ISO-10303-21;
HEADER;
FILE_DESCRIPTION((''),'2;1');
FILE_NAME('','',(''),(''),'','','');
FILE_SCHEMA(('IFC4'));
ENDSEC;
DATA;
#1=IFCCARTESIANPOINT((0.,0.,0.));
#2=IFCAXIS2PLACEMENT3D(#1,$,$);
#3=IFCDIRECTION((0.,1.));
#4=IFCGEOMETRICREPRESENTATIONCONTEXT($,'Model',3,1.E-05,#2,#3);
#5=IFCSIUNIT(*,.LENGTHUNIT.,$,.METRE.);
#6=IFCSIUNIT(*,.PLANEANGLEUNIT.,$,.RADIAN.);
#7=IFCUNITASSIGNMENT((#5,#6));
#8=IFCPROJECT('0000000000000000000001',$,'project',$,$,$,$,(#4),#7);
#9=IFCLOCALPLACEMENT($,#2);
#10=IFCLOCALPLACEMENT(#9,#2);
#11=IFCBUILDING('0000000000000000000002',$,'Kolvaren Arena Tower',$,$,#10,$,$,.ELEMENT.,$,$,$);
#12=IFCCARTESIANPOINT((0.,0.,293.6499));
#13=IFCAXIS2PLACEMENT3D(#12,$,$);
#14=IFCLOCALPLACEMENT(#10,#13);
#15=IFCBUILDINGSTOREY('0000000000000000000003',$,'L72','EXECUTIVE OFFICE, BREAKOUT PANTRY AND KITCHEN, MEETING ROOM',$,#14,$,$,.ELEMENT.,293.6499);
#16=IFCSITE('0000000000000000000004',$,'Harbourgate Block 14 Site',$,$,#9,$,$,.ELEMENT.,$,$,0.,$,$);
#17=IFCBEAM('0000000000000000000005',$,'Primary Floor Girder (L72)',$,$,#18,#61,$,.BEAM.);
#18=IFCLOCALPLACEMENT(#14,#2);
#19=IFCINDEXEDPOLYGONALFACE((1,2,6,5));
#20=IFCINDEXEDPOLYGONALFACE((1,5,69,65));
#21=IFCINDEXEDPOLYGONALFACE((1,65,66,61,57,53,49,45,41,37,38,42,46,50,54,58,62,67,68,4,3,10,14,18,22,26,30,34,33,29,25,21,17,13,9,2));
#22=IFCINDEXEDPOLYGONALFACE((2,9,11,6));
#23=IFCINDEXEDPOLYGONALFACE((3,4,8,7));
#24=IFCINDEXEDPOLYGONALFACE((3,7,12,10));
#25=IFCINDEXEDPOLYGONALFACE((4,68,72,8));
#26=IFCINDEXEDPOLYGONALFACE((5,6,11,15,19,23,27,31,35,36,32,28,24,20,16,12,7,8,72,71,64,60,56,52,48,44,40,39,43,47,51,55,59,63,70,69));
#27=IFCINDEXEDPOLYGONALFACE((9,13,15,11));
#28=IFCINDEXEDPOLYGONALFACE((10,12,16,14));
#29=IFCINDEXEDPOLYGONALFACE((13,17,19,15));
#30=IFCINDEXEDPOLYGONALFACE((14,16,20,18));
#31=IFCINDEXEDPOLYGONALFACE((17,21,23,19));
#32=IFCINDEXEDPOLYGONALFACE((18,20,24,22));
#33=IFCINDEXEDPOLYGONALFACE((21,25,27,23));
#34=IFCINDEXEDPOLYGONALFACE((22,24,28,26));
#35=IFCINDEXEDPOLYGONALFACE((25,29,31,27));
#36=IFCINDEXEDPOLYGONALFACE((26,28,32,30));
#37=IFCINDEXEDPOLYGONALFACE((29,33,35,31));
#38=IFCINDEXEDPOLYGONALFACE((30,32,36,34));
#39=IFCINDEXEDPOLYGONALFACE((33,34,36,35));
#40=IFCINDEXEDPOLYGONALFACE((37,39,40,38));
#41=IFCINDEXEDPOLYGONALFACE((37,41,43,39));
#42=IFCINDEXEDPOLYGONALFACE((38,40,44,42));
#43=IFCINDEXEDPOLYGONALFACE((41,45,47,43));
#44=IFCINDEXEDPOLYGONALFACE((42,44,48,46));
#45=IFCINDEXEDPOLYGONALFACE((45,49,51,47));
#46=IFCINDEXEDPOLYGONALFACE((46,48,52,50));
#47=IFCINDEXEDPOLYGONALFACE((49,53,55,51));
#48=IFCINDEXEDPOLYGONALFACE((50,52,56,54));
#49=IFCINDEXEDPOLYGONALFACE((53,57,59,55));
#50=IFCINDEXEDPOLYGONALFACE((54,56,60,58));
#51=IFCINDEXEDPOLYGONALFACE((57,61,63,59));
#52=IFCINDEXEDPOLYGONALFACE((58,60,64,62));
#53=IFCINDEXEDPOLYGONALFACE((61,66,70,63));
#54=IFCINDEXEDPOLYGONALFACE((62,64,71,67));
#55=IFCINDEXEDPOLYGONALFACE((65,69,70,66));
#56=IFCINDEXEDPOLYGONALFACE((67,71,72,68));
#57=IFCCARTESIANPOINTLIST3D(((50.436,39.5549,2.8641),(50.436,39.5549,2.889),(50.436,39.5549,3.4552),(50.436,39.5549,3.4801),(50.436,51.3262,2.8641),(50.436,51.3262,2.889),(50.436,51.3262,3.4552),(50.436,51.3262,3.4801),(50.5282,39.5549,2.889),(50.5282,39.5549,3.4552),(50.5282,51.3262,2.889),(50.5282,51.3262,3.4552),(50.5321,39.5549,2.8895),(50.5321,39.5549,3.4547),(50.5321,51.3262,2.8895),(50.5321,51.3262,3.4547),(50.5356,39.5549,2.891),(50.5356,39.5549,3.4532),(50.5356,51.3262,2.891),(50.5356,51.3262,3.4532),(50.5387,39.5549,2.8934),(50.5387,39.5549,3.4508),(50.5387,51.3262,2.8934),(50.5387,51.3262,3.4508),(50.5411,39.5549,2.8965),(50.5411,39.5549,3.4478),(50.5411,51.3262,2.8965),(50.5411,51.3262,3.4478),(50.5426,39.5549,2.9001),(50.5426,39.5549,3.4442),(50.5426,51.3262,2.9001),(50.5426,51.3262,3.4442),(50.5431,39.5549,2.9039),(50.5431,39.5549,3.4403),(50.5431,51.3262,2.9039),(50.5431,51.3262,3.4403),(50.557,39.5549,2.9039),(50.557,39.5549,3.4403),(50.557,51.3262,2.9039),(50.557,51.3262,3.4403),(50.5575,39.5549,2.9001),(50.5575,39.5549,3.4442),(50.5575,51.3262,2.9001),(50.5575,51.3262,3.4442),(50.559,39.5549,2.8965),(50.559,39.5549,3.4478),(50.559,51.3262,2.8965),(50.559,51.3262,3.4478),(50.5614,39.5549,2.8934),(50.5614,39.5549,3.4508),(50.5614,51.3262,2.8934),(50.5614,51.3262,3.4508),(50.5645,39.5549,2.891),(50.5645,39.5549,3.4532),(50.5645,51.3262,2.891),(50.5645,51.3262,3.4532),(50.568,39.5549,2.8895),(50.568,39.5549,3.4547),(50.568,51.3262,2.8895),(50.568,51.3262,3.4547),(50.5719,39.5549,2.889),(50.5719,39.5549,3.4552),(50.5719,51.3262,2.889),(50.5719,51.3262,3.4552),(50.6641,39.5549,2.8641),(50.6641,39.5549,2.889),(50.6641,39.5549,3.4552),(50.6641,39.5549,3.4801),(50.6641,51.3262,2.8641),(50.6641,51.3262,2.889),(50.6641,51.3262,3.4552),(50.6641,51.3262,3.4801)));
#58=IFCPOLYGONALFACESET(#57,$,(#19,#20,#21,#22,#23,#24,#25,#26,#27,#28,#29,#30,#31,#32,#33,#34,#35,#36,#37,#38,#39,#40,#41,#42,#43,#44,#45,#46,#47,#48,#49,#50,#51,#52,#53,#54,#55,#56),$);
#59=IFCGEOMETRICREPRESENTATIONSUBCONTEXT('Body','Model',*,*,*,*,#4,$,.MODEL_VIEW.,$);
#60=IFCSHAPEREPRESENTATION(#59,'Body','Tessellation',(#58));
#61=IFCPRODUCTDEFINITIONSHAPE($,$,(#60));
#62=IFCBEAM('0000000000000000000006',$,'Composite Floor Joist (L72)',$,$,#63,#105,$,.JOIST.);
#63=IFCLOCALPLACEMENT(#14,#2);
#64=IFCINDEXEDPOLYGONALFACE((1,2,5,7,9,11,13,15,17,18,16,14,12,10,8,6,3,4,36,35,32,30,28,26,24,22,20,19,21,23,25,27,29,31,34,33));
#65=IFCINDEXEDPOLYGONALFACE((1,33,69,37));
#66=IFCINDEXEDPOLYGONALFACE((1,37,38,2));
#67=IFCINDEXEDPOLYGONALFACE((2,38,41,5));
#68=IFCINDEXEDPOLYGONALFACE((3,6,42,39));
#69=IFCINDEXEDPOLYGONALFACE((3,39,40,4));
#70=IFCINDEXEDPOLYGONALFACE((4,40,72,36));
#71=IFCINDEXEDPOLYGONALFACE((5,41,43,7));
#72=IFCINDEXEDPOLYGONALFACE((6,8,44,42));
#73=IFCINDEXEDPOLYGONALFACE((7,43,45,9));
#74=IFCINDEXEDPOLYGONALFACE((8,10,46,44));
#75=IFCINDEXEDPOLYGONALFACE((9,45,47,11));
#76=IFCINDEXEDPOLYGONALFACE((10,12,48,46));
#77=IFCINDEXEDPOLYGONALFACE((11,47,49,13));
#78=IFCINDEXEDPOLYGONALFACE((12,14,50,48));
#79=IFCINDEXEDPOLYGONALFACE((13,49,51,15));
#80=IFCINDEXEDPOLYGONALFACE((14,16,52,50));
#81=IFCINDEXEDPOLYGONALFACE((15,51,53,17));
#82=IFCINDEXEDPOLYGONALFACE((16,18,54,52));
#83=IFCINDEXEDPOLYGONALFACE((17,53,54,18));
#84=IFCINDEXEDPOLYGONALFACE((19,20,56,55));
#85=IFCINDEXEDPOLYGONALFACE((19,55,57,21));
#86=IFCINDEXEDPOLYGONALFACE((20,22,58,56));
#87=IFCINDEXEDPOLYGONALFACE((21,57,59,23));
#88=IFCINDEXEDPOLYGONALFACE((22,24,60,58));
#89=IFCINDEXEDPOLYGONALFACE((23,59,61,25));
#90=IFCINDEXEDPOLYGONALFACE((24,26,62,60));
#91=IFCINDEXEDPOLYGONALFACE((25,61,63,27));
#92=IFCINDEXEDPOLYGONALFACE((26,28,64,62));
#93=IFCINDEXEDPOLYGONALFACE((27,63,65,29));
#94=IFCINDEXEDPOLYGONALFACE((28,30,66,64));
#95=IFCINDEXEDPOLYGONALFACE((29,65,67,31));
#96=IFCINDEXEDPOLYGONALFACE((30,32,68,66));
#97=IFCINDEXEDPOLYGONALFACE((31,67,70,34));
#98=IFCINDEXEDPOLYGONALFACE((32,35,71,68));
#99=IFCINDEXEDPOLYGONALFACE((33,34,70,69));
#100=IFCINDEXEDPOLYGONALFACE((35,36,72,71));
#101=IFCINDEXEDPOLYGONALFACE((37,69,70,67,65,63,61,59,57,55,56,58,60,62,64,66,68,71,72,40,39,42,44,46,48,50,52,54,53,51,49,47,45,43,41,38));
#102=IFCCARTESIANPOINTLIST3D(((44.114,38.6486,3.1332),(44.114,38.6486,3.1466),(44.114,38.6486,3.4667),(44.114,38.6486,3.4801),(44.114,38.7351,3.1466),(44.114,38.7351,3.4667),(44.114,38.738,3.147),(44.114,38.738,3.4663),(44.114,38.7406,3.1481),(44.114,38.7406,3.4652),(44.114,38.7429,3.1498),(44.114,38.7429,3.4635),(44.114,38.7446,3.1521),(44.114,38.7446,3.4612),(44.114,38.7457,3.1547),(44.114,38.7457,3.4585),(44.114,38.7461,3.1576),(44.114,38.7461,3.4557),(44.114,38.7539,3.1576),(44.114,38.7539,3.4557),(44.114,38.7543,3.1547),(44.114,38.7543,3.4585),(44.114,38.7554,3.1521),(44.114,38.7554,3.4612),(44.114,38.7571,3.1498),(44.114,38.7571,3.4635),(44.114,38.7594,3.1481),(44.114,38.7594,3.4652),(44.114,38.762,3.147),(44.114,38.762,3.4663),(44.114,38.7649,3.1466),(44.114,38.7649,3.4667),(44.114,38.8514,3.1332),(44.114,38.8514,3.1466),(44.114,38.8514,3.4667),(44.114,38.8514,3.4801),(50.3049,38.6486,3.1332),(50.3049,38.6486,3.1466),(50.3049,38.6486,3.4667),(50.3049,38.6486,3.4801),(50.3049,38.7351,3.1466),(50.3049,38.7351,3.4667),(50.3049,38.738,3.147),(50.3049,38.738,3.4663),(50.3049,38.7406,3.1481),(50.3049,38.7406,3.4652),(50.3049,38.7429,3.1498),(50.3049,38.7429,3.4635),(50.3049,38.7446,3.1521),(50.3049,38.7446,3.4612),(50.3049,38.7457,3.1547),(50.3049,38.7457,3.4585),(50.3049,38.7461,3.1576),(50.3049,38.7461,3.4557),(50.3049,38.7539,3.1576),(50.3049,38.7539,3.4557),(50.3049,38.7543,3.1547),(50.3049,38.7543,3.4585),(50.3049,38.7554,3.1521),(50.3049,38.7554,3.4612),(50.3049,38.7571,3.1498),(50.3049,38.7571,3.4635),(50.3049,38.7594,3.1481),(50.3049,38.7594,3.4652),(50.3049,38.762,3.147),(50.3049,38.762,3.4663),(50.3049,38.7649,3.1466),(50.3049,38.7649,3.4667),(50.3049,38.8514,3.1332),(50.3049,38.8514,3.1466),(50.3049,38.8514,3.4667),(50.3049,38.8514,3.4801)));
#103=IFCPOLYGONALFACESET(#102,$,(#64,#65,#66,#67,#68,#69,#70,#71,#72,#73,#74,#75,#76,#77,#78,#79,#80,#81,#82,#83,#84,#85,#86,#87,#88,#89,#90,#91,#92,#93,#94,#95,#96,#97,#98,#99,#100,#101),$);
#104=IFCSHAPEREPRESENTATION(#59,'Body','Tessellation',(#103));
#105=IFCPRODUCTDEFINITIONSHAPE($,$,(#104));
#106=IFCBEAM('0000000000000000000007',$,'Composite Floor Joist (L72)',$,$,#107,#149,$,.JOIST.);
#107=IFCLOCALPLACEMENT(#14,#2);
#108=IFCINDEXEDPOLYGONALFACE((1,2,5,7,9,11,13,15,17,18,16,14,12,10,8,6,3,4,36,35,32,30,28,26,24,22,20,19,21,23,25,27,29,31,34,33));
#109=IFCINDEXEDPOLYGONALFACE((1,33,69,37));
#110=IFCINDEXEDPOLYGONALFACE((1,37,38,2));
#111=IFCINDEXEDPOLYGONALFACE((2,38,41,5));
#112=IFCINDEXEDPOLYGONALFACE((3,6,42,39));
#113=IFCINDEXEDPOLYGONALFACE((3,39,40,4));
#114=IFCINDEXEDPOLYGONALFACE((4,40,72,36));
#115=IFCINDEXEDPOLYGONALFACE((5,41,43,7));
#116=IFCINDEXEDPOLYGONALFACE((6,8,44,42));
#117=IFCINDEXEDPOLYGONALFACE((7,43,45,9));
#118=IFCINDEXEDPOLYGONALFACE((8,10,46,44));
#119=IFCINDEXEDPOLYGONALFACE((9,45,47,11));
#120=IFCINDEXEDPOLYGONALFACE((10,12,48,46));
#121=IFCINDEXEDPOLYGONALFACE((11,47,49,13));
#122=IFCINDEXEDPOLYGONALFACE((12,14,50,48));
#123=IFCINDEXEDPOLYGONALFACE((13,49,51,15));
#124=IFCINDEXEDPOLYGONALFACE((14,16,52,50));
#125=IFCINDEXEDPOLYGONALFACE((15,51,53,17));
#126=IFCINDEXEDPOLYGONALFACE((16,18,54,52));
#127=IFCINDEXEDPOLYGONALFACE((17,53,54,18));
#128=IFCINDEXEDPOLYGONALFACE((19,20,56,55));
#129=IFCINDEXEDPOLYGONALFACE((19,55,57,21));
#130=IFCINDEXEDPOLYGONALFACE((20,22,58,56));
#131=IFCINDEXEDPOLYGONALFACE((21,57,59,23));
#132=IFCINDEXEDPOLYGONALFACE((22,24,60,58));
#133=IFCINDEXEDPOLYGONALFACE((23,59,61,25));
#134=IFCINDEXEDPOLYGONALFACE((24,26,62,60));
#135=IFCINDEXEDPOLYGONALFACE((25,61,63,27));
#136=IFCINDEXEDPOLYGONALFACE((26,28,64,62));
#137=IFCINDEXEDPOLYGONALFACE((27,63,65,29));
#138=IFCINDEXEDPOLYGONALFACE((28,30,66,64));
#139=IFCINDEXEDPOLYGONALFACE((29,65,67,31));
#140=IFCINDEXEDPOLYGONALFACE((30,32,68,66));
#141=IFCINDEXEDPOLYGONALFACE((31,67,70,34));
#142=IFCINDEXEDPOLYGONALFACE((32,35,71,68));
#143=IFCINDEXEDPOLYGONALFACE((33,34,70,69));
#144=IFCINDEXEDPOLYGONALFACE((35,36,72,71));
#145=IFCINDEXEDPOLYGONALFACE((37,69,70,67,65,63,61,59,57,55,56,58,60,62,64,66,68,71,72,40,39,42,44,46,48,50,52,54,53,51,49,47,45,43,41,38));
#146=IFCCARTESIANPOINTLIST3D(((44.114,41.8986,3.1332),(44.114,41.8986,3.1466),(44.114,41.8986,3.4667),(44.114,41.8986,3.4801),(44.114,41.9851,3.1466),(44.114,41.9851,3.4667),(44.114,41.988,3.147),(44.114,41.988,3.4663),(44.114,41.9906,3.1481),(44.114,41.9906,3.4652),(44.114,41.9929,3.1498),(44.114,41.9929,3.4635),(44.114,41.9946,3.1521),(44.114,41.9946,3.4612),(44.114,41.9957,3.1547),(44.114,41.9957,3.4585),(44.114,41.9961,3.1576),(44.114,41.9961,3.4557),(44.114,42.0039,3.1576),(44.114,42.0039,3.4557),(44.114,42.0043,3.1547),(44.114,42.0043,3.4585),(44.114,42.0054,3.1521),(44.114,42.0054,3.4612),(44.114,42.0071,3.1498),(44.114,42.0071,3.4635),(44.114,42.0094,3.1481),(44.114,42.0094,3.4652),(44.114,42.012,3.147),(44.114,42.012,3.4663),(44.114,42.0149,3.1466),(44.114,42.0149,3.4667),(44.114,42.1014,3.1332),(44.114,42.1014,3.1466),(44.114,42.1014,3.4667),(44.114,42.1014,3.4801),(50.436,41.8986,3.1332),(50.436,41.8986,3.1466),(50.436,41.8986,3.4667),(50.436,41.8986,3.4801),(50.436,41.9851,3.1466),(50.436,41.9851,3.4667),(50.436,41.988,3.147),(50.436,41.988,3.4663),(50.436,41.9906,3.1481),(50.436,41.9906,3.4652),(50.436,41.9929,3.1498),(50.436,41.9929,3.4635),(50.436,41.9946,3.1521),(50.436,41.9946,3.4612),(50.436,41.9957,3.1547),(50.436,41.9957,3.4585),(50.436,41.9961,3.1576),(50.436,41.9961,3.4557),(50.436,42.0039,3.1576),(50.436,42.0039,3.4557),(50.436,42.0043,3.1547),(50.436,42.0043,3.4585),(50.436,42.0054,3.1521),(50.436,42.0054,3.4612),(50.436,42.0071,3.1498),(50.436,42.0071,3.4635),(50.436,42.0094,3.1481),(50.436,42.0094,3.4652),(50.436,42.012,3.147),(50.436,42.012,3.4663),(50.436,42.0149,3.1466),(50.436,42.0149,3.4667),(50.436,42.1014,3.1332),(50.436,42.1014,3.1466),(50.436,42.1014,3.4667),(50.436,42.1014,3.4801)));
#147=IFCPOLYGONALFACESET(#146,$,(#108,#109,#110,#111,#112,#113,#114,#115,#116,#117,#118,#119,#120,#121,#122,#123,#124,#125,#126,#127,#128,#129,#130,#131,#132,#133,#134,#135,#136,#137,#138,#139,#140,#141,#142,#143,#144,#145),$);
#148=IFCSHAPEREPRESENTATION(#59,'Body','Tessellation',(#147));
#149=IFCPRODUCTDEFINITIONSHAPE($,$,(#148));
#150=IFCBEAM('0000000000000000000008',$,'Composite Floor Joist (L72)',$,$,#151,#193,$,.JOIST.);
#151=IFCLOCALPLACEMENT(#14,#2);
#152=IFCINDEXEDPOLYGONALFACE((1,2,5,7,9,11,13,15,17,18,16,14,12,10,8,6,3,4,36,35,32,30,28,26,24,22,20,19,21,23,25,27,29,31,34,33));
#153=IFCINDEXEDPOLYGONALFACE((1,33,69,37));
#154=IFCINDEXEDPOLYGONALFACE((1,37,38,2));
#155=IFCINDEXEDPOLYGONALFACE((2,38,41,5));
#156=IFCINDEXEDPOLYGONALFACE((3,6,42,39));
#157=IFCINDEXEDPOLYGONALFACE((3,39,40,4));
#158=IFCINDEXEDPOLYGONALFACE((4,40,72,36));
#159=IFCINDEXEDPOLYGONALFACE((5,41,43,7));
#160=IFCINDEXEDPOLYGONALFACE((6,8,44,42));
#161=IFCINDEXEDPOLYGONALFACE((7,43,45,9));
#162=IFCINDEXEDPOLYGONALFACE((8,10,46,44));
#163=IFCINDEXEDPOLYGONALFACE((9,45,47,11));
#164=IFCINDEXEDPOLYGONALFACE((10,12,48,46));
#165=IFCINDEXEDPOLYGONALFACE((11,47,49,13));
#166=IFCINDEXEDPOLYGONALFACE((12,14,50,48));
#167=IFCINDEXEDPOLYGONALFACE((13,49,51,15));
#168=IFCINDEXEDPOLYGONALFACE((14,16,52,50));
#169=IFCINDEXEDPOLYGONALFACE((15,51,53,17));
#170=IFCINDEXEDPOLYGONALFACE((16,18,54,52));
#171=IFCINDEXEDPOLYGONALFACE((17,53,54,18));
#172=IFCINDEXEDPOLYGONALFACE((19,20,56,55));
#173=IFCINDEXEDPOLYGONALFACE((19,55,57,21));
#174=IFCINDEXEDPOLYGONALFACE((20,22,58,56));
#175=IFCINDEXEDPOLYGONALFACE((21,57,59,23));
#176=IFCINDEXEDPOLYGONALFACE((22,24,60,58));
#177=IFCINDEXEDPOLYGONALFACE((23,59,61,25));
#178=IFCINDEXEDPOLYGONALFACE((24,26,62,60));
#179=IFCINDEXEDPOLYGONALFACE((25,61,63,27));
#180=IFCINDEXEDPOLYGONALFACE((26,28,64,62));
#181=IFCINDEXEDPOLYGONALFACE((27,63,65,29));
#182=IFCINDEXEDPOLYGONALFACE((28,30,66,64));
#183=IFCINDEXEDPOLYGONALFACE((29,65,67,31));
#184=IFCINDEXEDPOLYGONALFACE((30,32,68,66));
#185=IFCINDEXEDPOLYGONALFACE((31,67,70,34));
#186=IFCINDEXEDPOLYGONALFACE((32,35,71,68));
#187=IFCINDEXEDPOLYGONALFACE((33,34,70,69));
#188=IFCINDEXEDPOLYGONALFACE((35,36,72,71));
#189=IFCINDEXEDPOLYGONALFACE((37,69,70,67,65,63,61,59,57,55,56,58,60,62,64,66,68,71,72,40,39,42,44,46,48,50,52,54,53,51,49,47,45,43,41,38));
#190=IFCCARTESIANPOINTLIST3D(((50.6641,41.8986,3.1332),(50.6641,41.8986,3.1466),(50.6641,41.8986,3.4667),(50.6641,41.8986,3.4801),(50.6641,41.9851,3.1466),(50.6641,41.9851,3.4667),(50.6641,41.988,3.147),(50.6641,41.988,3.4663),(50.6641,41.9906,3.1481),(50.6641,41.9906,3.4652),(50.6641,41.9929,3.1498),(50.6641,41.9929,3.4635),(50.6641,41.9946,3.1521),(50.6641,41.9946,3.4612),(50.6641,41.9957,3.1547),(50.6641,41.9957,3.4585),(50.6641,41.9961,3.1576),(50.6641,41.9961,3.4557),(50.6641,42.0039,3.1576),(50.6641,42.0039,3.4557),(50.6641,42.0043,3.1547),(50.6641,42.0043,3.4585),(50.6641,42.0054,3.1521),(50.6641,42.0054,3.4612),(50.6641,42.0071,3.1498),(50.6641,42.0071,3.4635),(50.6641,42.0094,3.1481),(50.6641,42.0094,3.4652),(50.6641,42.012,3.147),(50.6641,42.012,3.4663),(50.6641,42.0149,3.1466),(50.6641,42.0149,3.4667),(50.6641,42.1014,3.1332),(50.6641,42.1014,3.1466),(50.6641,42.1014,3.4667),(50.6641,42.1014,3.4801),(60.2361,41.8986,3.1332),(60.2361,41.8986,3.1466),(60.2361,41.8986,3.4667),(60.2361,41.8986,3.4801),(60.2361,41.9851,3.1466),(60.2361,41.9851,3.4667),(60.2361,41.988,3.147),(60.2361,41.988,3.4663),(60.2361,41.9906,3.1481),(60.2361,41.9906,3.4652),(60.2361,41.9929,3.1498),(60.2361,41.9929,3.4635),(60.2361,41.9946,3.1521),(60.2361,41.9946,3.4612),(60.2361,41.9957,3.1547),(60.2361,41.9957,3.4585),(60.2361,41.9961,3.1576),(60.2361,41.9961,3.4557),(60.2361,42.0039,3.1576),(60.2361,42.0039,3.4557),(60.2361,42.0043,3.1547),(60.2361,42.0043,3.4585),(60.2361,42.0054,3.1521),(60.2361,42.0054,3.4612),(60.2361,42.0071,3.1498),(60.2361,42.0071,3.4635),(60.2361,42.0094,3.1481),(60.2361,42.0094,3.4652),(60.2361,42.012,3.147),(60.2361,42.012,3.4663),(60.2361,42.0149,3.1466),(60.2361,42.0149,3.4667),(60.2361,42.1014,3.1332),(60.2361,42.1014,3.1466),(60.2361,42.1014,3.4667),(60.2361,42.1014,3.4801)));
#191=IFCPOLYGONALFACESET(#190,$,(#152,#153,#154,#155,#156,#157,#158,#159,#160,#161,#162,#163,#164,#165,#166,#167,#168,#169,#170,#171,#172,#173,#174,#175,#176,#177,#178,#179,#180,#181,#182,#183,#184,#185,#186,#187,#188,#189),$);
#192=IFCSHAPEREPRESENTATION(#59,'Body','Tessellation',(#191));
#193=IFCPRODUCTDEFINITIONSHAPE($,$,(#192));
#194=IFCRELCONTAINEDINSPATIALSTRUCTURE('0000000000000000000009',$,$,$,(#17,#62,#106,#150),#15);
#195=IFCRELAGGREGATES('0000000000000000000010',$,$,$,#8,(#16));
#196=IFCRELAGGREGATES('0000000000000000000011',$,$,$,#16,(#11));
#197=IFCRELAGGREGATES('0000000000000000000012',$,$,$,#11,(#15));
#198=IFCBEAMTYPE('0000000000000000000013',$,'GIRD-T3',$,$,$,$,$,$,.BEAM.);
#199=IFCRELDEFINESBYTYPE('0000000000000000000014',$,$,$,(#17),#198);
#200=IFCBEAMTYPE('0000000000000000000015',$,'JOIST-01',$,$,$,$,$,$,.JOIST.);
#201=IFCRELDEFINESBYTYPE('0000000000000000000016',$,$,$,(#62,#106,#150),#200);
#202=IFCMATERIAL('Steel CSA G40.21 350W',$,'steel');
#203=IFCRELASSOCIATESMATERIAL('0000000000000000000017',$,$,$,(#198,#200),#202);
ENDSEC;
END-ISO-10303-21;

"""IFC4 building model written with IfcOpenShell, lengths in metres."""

from ifc_helpers import new_model, si_unit, direction, frame, origin, origin_2d, place, context, subcontext, project, spatial, i_section, extrude, material, material_profile, profile_set, type_object, element, save


model = new_model("IFC4")

# Units and contexts
model_context = context("Model", 3, precision=1e-05, world=origin(), true_north=direction((0.0, 1.0)))
body_context = subcontext(model_context, "Body", "Model", "MODEL_VIEW")
ifc_project = project(units=[si_unit("LENGTHUNIT", "METRE"), si_unit("PLANEANGLEUNIT", "RADIAN")], contexts=[model_context])

# Site, building, storey
site_placement = place(None, origin())
site = spatial("IfcSite", under=ifc_project, at=site_placement, Name="Harbourgate Block 14 Site", CompositionType="ELEMENT", RefElevation=0.0)
building_placement = place(site_placement, origin())
building = spatial("IfcBuilding", under=site, at=building_placement, Name="Kolvaren Arena Tower", CompositionType="ELEMENT")
storey_placement = place(building_placement, frame((0.0, 0.0, 293.6499)))
storey = spatial("IfcBuildingStorey", under=building, at=storey_placement, Name="L72", Description="EXECUTIVE OFFICE, BREAKOUT PANTRY AND KITCHEN, MEETING ROOM", CompositionType="ELEMENT", Elevation=293.6499)

# Beams
ifc_material_1 = material(Name="Steel CSA G40.21 350W", Category="steel")
ifc_material_profile_1 = material_profile(ifc_material_1, i_section(OverallWidth=0.228, OverallDepth=0.616, WebThickness=0.0139, FlangeThickness=0.0249, FilletRadius=0.0149, at=origin_2d()), Name="W610x174")
ifc_profile_set_1 = profile_set([ifc_material_profile_1], Name="Steel CSA G40.21 350W")
beam_type_1 = type_object("IfcBeamType", Name="GIRD-T3", PredefinedType="BEAM", material=ifc_profile_set_1)
beam_1_placement = place(storey_placement, frame((50.55, 39.5549, 3.1721), z_axis=(0.0, 1.0, 0.0), x_axis=(-1.0, 0.0, 0.0)))
element("IfcBeam", 1, at=beam_1_placement, inside=storey, type_object=beam_type_1, Name="Primary Floor Girder (L72)", PredefinedType="BEAM", context=body_context, shape_type="SweptSolid", body=[
    extrude(i_section(OverallWidth=0.228, OverallDepth=0.616, WebThickness=0.0139, FlangeThickness=0.0249, FilletRadius=0.0149, at=origin_2d()), origin(), (0.0, 0.0, 1.0), 11.7712),
])
ifc_material_profile_2 = material_profile(ifc_material_1, i_section(OverallWidth=0.2029, OverallDepth=0.3469, WebThickness=0.0078, FlangeThickness=0.0134, FilletRadius=0.011, at=origin_2d()), Name="W360x64")
ifc_profile_set_2 = profile_set([ifc_material_profile_2], Name="Steel CSA G40.21 350W")
beam_type_2 = type_object("IfcBeamType", Name="JOIST-01", PredefinedType="JOIST", material=ifc_profile_set_2)
beam_2_placement = place(storey_placement, frame((44.114, 38.75, 3.3066), z_axis=(1.0, 0.0, 0.0), x_axis=(0.0, 1.0, 0.0)))
element("IfcBeam", 2, at=beam_2_placement, inside=storey, type_object=beam_type_2, Name="Composite Floor Joist (L72)", PredefinedType="JOIST", context=body_context, shape_type="SweptSolid", body=[
    extrude(i_section(OverallWidth=0.2029, OverallDepth=0.3469, WebThickness=0.0078, FlangeThickness=0.0134, FilletRadius=0.011, at=origin_2d()), origin(), (0.0, 0.0, 1.0), 6.1909),
])
beam_3_placement = place(storey_placement, frame((44.114, 42.0, 3.3066), z_axis=(1.0, 0.0, 0.0), x_axis=(0.0, 1.0, 0.0)))
element("IfcBeam", 3, at=beam_3_placement, inside=storey, type_object=beam_type_2, Name="Composite Floor Joist (L72)", PredefinedType="JOIST", context=body_context, shape_type="SweptSolid", body=[
    extrude(i_section(OverallWidth=0.2029, OverallDepth=0.3469, WebThickness=0.0078, FlangeThickness=0.0134, FilletRadius=0.011, at=origin_2d()), origin(), (0.0, 0.0, 1.0), 6.322),
])
beam_4_placement = place(storey_placement, frame((50.6641, 42.0, 3.3066), z_axis=(1.0, 0.0, 0.0), x_axis=(0.0, 1.0, 0.0)))
element("IfcBeam", 4, at=beam_4_placement, inside=storey, type_object=beam_type_2, Name="Composite Floor Joist (L72)", PredefinedType="JOIST", context=body_context, shape_type="SweptSolid", body=[
    extrude(i_section(OverallWidth=0.2029, OverallDepth=0.3469, WebThickness=0.0078, FlangeThickness=0.0134, FilletRadius=0.011, at=origin_2d()), origin(), (0.0, 0.0, 1.0), 9.572),
])

save(model, "model.ifc")
